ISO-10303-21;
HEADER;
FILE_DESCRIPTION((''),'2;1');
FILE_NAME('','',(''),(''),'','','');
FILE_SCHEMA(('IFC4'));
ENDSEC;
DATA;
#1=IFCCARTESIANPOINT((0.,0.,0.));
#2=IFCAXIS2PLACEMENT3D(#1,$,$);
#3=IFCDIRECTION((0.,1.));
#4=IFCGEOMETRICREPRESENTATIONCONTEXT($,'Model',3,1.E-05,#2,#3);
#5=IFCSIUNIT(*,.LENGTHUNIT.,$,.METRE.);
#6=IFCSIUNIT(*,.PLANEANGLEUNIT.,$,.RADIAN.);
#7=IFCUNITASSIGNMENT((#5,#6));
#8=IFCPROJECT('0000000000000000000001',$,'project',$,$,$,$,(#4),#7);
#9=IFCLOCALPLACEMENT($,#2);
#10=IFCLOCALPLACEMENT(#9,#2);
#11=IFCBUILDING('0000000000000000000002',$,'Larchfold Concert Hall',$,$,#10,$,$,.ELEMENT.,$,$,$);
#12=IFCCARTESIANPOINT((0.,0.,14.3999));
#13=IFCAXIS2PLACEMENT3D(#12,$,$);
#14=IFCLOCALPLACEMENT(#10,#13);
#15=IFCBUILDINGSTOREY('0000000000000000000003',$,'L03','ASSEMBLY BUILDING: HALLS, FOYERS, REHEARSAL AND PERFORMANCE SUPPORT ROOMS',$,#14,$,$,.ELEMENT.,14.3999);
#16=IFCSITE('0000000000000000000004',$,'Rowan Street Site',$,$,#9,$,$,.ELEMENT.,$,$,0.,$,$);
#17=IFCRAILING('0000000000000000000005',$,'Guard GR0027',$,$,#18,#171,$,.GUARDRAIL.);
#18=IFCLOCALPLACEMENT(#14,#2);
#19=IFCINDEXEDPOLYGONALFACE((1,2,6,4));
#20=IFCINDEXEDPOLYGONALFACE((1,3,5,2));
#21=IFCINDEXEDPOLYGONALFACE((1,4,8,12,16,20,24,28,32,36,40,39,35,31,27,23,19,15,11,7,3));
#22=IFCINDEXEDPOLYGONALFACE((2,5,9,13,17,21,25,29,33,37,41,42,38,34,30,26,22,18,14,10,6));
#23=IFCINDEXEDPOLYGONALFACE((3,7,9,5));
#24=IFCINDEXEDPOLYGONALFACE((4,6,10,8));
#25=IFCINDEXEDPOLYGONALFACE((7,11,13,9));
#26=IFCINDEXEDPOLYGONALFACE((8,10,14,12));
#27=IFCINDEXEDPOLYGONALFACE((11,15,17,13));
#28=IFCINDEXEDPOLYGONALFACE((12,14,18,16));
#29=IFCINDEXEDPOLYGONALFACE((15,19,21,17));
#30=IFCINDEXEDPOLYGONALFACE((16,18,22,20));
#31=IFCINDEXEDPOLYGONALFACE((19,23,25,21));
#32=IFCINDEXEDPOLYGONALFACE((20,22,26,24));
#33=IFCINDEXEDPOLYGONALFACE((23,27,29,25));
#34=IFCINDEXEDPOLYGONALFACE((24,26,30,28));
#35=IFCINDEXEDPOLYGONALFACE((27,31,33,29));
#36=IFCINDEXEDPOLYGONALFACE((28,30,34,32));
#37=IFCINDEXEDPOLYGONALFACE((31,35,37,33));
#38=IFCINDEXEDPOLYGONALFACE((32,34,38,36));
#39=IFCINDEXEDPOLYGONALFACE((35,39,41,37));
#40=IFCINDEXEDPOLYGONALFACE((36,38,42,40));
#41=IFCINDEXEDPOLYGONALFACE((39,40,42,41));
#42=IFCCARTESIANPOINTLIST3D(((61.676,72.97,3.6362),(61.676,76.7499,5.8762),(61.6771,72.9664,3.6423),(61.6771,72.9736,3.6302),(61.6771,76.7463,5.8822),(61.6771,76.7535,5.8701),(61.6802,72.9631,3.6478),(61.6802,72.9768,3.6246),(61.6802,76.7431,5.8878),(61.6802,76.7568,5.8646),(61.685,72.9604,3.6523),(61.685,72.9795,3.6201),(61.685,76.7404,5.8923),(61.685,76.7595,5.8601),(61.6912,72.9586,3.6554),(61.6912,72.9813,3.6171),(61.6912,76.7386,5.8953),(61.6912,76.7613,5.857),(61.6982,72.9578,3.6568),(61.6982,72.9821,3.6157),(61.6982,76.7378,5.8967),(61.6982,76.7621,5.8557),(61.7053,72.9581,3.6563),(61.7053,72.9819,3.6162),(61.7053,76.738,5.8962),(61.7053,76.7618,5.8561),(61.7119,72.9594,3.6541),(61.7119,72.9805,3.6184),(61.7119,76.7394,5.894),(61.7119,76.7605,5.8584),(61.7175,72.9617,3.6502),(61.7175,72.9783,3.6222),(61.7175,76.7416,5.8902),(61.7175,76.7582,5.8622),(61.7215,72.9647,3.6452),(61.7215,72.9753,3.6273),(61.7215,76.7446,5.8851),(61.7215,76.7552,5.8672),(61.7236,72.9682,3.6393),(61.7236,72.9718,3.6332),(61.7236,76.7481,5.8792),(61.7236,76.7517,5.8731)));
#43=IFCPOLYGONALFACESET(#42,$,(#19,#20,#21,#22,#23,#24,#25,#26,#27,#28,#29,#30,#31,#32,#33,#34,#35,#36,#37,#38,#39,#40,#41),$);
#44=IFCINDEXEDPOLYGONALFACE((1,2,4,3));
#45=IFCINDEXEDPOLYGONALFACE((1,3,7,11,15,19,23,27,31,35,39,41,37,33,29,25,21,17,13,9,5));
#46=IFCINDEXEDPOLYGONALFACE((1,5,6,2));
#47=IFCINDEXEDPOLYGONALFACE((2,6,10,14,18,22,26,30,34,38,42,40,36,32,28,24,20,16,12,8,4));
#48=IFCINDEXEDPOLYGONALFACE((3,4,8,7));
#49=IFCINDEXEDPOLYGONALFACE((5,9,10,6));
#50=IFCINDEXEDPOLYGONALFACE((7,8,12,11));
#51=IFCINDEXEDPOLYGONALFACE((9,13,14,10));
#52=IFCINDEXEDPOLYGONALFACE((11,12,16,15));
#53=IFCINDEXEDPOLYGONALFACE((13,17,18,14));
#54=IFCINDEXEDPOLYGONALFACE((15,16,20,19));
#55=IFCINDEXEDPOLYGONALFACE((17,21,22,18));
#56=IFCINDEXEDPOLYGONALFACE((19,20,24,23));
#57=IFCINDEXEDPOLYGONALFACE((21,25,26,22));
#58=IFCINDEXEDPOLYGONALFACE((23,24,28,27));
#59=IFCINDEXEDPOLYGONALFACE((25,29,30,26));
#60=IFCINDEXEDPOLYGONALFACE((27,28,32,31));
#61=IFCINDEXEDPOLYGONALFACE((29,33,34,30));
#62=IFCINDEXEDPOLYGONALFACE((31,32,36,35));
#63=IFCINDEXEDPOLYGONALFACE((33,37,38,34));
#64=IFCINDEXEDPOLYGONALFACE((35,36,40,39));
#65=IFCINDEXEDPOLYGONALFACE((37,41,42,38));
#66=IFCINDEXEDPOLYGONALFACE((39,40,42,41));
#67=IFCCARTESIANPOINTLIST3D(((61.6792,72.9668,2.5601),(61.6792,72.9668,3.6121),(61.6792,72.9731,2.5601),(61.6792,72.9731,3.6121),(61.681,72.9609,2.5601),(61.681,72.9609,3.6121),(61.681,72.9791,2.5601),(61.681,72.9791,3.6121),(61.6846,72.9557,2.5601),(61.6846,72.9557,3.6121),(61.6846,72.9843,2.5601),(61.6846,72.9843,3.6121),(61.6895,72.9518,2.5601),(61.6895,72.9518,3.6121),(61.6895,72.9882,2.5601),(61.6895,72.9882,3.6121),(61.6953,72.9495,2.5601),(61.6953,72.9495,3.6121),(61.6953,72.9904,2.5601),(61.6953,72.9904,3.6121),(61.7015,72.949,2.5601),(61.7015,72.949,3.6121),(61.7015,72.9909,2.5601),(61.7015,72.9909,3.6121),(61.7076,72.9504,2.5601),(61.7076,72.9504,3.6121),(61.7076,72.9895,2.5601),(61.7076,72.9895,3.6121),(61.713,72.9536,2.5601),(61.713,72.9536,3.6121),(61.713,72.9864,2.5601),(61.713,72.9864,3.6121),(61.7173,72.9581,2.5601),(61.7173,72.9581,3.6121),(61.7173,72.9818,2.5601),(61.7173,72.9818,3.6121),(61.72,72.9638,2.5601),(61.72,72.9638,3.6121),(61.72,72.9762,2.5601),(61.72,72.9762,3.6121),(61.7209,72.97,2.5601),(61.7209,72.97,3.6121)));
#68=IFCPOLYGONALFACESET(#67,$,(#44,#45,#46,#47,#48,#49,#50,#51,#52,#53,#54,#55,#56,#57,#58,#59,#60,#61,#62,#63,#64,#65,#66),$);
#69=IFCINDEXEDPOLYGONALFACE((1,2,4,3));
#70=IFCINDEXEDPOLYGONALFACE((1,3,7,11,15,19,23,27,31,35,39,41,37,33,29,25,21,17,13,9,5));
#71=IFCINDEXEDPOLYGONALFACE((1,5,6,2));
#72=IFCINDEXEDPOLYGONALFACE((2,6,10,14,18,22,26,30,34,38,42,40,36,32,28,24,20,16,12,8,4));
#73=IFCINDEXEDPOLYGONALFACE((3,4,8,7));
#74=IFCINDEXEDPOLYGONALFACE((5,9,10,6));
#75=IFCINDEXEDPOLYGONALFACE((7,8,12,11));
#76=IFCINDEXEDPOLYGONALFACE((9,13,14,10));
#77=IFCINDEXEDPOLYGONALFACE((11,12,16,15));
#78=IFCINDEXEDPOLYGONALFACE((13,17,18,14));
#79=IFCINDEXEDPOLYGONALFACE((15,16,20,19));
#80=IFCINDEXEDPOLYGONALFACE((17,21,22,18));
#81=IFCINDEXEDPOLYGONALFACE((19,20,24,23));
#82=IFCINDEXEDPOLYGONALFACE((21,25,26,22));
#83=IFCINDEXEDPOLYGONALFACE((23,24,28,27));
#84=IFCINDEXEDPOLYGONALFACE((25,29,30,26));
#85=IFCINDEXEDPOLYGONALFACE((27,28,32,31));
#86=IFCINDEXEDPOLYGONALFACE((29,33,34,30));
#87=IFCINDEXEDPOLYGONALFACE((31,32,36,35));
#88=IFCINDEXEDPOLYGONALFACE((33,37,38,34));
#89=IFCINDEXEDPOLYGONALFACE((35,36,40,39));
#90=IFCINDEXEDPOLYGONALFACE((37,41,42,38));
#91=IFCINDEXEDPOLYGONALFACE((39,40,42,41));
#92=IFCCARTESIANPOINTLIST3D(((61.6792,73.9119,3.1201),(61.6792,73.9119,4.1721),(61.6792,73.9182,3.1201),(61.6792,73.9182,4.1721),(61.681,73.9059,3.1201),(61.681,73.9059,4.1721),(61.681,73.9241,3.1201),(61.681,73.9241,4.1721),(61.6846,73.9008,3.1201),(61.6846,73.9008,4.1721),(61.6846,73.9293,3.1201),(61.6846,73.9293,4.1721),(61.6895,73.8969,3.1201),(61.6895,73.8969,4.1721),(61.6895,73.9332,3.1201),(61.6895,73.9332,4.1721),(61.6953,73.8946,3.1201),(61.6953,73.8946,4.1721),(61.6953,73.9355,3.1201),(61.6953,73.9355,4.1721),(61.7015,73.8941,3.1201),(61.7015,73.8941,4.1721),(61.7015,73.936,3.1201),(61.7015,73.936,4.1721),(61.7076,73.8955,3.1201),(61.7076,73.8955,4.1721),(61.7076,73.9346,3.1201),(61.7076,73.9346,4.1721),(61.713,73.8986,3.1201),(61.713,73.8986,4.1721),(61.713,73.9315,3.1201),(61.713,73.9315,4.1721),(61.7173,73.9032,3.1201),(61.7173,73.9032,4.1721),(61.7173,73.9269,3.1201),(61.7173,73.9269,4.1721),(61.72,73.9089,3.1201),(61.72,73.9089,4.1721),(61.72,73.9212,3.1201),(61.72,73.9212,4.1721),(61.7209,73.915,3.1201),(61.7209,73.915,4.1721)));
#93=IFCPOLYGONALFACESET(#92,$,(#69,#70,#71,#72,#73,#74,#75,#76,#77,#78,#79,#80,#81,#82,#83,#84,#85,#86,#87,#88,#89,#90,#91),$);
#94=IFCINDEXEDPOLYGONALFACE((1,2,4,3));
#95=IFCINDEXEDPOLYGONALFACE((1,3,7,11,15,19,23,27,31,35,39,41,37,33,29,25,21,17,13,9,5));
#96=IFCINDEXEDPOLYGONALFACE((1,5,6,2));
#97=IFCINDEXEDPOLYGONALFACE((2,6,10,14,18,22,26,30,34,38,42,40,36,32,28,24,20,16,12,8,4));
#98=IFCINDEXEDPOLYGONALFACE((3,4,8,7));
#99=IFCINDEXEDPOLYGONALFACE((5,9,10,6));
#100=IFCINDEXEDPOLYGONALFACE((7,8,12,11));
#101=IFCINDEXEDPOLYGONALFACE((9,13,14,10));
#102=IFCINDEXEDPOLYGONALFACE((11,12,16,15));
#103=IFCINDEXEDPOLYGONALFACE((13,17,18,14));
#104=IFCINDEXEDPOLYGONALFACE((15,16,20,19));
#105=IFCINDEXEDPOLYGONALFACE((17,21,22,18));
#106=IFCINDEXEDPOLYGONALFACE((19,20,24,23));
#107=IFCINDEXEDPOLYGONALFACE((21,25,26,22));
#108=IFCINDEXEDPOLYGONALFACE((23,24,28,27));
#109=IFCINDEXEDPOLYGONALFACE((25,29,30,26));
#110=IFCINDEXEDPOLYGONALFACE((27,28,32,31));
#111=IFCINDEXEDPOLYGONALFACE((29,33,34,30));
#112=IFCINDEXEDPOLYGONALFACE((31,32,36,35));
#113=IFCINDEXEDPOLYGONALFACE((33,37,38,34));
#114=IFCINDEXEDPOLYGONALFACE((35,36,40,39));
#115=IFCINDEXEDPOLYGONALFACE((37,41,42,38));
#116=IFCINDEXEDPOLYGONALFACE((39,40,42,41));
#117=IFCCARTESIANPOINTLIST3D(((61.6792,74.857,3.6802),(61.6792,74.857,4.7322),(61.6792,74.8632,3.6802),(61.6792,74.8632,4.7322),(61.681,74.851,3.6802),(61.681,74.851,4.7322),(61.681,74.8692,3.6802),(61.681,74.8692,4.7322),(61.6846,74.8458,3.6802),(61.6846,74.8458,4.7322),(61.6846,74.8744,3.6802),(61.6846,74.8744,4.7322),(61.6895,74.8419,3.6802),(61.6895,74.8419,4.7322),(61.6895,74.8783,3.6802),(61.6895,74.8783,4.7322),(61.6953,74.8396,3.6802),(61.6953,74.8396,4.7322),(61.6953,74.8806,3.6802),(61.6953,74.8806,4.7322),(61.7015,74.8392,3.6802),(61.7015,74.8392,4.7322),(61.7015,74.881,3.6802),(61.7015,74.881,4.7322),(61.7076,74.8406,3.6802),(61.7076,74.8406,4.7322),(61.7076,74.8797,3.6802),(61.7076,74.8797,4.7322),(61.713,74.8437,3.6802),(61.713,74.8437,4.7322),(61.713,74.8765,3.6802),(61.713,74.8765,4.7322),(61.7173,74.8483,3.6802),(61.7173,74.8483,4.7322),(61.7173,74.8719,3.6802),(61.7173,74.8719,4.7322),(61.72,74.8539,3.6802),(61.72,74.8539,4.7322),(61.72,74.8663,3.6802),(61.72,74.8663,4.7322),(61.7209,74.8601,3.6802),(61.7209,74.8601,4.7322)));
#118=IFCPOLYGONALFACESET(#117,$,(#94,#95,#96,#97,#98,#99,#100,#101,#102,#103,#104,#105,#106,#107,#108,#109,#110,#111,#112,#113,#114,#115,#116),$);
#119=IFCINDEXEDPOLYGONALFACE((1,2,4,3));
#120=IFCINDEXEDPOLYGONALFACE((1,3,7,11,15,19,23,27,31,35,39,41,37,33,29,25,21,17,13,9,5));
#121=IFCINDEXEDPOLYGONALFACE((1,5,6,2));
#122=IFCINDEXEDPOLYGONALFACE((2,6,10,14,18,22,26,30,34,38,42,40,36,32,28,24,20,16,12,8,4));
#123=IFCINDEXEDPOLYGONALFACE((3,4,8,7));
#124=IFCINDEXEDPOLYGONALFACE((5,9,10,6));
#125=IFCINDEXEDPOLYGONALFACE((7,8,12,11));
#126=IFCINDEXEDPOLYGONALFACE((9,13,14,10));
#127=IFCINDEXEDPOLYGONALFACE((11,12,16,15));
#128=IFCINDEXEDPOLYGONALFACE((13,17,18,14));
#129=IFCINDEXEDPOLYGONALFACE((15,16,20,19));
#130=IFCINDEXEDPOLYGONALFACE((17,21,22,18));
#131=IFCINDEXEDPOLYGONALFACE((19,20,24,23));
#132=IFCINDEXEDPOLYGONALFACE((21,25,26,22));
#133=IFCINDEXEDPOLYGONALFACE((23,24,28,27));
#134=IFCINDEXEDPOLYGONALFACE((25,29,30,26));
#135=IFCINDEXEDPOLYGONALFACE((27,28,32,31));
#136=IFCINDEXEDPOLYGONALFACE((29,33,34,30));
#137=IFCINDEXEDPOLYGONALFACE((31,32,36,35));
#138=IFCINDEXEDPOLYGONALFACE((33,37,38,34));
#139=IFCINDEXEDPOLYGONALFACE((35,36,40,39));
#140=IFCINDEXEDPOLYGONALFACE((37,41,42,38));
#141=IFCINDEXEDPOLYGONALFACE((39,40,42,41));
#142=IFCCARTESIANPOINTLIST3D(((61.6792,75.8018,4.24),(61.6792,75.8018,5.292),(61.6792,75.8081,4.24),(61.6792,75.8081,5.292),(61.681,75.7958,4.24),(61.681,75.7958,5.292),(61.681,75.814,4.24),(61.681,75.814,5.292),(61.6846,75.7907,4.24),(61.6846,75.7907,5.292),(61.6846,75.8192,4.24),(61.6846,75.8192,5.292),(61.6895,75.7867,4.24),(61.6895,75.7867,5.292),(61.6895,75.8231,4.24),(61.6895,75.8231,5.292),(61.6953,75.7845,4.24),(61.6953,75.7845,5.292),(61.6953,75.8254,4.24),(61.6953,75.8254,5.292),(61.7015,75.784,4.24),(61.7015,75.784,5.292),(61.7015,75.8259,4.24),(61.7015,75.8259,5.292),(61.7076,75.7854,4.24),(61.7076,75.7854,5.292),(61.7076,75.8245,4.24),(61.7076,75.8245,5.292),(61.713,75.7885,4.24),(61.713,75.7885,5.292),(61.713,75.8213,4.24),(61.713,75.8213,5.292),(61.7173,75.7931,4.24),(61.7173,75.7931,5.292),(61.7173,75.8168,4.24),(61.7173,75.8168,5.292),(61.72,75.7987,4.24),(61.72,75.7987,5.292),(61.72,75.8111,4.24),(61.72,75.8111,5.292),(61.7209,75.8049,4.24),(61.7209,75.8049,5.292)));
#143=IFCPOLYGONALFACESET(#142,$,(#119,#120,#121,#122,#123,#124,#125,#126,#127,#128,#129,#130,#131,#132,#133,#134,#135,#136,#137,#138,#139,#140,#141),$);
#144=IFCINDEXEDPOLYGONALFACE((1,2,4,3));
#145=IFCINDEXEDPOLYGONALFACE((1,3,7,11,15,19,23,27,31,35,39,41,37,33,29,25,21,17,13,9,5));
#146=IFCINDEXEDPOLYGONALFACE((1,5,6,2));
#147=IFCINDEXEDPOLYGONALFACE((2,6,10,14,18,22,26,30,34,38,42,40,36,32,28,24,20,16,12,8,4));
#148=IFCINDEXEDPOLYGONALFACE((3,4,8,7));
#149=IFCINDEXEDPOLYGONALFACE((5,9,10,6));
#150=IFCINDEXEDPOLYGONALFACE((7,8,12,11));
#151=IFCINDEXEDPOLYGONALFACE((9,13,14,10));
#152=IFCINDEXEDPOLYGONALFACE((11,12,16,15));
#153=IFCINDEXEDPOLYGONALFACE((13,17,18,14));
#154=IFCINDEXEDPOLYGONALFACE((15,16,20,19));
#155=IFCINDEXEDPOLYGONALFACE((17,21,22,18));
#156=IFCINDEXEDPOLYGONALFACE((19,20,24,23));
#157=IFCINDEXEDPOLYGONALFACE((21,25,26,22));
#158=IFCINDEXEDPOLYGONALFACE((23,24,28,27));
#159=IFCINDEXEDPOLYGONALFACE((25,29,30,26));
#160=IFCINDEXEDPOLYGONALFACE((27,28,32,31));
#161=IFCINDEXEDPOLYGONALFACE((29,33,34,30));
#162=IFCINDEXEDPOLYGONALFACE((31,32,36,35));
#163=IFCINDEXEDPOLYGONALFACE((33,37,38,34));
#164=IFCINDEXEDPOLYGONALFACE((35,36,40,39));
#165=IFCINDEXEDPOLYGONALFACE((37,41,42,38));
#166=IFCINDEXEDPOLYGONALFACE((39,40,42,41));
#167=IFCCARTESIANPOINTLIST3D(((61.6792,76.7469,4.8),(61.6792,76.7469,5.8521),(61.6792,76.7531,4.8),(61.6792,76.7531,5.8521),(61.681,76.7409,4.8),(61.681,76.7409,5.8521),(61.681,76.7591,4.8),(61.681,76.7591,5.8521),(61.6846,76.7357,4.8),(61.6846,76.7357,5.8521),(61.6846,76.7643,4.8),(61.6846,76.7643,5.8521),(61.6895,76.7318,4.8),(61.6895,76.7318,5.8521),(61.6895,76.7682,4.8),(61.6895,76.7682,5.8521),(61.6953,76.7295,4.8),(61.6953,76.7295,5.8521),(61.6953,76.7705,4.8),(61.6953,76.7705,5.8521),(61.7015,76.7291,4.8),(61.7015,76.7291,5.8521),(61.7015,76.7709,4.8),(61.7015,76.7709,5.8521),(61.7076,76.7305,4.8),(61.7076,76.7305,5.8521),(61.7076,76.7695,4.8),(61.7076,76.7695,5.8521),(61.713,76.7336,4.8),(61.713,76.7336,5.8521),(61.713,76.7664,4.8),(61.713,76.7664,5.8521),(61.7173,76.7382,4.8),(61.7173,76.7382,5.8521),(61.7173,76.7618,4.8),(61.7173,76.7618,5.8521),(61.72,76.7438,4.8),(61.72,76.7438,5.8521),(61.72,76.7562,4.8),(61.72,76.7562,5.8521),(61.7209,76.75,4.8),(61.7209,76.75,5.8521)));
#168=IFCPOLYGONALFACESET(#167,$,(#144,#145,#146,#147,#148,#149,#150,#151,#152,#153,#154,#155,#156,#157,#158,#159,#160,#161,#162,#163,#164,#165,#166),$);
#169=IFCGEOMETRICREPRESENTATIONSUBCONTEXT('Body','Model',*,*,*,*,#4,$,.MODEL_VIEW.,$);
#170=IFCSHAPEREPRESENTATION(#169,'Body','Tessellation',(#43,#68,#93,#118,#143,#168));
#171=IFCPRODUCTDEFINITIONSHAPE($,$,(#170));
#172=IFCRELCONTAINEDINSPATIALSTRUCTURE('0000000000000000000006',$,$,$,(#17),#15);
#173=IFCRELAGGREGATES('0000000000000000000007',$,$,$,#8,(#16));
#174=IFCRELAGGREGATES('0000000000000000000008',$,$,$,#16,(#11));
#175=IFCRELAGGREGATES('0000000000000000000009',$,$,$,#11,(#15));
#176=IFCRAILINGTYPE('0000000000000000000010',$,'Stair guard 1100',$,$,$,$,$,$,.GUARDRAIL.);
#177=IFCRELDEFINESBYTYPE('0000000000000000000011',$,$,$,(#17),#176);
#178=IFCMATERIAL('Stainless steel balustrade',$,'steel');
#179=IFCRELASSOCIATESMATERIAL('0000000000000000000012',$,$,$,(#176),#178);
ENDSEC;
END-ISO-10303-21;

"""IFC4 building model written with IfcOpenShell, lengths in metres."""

from ifc_helpers import new_model, si_unit, direction, frame, origin, origin_2d, place, context, subcontext, project, spatial, circle, extrude, material, type_object, element, save


model = new_model("IFC4")

# Units and contexts
model_context = context("Model", 3, precision=1e-05, world=origin(), true_north=direction((0.0, 1.0)))
body_context = subcontext(model_context, "Body", "Model", "MODEL_VIEW")
ifc_project = project(units=[si_unit("LENGTHUNIT", "METRE"), si_unit("PLANEANGLEUNIT", "RADIAN")], contexts=[model_context])

# Site, building, storey
site_placement = place(None, origin())
site = spatial("IfcSite", under=ifc_project, at=site_placement, Name="Rowan Street Site", CompositionType="ELEMENT", RefElevation=0.0)
building_placement = place(site_placement, origin())
building = spatial("IfcBuilding", under=site, at=building_placement, Name="Larchfold Concert Hall", CompositionType="ELEMENT")
storey_placement = place(building_placement, frame((0.0, 0.0, 14.3999)))
storey = spatial("IfcBuildingStorey", under=building, at=storey_placement, Name="L03", Description="ASSEMBLY BUILDING: HALLS, FOYERS, REHEARSAL AND PERFORMANCE SUPPORT ROOMS", CompositionType="ELEMENT", Elevation=14.3999)

# Railing
ifc_material_1 = material(Name="Stainless steel balustrade", Category="steel")
railing_type_1 = type_object("IfcRailingType", Name="Stair guard 1100", PredefinedType="GUARDRAIL", material=ifc_material_1)
railing_1_placement = place(storey_placement, frame((61.7, 72.97, 2.5601)))
element("IfcRailing", 1, at=railing_1_placement, inside=storey, type_object=railing_type_1, Name="Guard GR0027", PredefinedType="GUARDRAIL", context=body_context, shape_type="SweptSolid", body=[
    extrude(circle(Radius=0.0239, at=origin_2d()), frame((0.0, 0.0, 1.0762), z_axis=(0.0, 0.860294, 0.509798), x_axis=(-1.0, 0.0, 0.0)), (0.0, 0.0, 1.0), 4.3938),
    extrude(circle(Radius=0.021, at=origin_2d()), origin(), (0.0, 0.0, 1.0), 1.052),
    extrude(circle(Radius=0.021, at=origin_2d()), frame((0.0, 0.9451, 0.5601)), (0.0, 0.0, 1.0), 1.052),
    extrude(circle(Radius=0.021, at=origin_2d()), frame((0.0, 1.8901, 1.1201)), (0.0, 0.0, 1.0), 1.052),
    extrude(circle(Radius=0.021, at=origin_2d()), frame((0.0, 2.835, 1.6799)), (0.0, 0.0, 1.0), 1.052),
    extrude(circle(Radius=0.021, at=origin_2d()), frame((0.0, 3.78, 2.24)), (0.0, 0.0, 1.0), 1.052),
])

save(model, "model.ifc")
